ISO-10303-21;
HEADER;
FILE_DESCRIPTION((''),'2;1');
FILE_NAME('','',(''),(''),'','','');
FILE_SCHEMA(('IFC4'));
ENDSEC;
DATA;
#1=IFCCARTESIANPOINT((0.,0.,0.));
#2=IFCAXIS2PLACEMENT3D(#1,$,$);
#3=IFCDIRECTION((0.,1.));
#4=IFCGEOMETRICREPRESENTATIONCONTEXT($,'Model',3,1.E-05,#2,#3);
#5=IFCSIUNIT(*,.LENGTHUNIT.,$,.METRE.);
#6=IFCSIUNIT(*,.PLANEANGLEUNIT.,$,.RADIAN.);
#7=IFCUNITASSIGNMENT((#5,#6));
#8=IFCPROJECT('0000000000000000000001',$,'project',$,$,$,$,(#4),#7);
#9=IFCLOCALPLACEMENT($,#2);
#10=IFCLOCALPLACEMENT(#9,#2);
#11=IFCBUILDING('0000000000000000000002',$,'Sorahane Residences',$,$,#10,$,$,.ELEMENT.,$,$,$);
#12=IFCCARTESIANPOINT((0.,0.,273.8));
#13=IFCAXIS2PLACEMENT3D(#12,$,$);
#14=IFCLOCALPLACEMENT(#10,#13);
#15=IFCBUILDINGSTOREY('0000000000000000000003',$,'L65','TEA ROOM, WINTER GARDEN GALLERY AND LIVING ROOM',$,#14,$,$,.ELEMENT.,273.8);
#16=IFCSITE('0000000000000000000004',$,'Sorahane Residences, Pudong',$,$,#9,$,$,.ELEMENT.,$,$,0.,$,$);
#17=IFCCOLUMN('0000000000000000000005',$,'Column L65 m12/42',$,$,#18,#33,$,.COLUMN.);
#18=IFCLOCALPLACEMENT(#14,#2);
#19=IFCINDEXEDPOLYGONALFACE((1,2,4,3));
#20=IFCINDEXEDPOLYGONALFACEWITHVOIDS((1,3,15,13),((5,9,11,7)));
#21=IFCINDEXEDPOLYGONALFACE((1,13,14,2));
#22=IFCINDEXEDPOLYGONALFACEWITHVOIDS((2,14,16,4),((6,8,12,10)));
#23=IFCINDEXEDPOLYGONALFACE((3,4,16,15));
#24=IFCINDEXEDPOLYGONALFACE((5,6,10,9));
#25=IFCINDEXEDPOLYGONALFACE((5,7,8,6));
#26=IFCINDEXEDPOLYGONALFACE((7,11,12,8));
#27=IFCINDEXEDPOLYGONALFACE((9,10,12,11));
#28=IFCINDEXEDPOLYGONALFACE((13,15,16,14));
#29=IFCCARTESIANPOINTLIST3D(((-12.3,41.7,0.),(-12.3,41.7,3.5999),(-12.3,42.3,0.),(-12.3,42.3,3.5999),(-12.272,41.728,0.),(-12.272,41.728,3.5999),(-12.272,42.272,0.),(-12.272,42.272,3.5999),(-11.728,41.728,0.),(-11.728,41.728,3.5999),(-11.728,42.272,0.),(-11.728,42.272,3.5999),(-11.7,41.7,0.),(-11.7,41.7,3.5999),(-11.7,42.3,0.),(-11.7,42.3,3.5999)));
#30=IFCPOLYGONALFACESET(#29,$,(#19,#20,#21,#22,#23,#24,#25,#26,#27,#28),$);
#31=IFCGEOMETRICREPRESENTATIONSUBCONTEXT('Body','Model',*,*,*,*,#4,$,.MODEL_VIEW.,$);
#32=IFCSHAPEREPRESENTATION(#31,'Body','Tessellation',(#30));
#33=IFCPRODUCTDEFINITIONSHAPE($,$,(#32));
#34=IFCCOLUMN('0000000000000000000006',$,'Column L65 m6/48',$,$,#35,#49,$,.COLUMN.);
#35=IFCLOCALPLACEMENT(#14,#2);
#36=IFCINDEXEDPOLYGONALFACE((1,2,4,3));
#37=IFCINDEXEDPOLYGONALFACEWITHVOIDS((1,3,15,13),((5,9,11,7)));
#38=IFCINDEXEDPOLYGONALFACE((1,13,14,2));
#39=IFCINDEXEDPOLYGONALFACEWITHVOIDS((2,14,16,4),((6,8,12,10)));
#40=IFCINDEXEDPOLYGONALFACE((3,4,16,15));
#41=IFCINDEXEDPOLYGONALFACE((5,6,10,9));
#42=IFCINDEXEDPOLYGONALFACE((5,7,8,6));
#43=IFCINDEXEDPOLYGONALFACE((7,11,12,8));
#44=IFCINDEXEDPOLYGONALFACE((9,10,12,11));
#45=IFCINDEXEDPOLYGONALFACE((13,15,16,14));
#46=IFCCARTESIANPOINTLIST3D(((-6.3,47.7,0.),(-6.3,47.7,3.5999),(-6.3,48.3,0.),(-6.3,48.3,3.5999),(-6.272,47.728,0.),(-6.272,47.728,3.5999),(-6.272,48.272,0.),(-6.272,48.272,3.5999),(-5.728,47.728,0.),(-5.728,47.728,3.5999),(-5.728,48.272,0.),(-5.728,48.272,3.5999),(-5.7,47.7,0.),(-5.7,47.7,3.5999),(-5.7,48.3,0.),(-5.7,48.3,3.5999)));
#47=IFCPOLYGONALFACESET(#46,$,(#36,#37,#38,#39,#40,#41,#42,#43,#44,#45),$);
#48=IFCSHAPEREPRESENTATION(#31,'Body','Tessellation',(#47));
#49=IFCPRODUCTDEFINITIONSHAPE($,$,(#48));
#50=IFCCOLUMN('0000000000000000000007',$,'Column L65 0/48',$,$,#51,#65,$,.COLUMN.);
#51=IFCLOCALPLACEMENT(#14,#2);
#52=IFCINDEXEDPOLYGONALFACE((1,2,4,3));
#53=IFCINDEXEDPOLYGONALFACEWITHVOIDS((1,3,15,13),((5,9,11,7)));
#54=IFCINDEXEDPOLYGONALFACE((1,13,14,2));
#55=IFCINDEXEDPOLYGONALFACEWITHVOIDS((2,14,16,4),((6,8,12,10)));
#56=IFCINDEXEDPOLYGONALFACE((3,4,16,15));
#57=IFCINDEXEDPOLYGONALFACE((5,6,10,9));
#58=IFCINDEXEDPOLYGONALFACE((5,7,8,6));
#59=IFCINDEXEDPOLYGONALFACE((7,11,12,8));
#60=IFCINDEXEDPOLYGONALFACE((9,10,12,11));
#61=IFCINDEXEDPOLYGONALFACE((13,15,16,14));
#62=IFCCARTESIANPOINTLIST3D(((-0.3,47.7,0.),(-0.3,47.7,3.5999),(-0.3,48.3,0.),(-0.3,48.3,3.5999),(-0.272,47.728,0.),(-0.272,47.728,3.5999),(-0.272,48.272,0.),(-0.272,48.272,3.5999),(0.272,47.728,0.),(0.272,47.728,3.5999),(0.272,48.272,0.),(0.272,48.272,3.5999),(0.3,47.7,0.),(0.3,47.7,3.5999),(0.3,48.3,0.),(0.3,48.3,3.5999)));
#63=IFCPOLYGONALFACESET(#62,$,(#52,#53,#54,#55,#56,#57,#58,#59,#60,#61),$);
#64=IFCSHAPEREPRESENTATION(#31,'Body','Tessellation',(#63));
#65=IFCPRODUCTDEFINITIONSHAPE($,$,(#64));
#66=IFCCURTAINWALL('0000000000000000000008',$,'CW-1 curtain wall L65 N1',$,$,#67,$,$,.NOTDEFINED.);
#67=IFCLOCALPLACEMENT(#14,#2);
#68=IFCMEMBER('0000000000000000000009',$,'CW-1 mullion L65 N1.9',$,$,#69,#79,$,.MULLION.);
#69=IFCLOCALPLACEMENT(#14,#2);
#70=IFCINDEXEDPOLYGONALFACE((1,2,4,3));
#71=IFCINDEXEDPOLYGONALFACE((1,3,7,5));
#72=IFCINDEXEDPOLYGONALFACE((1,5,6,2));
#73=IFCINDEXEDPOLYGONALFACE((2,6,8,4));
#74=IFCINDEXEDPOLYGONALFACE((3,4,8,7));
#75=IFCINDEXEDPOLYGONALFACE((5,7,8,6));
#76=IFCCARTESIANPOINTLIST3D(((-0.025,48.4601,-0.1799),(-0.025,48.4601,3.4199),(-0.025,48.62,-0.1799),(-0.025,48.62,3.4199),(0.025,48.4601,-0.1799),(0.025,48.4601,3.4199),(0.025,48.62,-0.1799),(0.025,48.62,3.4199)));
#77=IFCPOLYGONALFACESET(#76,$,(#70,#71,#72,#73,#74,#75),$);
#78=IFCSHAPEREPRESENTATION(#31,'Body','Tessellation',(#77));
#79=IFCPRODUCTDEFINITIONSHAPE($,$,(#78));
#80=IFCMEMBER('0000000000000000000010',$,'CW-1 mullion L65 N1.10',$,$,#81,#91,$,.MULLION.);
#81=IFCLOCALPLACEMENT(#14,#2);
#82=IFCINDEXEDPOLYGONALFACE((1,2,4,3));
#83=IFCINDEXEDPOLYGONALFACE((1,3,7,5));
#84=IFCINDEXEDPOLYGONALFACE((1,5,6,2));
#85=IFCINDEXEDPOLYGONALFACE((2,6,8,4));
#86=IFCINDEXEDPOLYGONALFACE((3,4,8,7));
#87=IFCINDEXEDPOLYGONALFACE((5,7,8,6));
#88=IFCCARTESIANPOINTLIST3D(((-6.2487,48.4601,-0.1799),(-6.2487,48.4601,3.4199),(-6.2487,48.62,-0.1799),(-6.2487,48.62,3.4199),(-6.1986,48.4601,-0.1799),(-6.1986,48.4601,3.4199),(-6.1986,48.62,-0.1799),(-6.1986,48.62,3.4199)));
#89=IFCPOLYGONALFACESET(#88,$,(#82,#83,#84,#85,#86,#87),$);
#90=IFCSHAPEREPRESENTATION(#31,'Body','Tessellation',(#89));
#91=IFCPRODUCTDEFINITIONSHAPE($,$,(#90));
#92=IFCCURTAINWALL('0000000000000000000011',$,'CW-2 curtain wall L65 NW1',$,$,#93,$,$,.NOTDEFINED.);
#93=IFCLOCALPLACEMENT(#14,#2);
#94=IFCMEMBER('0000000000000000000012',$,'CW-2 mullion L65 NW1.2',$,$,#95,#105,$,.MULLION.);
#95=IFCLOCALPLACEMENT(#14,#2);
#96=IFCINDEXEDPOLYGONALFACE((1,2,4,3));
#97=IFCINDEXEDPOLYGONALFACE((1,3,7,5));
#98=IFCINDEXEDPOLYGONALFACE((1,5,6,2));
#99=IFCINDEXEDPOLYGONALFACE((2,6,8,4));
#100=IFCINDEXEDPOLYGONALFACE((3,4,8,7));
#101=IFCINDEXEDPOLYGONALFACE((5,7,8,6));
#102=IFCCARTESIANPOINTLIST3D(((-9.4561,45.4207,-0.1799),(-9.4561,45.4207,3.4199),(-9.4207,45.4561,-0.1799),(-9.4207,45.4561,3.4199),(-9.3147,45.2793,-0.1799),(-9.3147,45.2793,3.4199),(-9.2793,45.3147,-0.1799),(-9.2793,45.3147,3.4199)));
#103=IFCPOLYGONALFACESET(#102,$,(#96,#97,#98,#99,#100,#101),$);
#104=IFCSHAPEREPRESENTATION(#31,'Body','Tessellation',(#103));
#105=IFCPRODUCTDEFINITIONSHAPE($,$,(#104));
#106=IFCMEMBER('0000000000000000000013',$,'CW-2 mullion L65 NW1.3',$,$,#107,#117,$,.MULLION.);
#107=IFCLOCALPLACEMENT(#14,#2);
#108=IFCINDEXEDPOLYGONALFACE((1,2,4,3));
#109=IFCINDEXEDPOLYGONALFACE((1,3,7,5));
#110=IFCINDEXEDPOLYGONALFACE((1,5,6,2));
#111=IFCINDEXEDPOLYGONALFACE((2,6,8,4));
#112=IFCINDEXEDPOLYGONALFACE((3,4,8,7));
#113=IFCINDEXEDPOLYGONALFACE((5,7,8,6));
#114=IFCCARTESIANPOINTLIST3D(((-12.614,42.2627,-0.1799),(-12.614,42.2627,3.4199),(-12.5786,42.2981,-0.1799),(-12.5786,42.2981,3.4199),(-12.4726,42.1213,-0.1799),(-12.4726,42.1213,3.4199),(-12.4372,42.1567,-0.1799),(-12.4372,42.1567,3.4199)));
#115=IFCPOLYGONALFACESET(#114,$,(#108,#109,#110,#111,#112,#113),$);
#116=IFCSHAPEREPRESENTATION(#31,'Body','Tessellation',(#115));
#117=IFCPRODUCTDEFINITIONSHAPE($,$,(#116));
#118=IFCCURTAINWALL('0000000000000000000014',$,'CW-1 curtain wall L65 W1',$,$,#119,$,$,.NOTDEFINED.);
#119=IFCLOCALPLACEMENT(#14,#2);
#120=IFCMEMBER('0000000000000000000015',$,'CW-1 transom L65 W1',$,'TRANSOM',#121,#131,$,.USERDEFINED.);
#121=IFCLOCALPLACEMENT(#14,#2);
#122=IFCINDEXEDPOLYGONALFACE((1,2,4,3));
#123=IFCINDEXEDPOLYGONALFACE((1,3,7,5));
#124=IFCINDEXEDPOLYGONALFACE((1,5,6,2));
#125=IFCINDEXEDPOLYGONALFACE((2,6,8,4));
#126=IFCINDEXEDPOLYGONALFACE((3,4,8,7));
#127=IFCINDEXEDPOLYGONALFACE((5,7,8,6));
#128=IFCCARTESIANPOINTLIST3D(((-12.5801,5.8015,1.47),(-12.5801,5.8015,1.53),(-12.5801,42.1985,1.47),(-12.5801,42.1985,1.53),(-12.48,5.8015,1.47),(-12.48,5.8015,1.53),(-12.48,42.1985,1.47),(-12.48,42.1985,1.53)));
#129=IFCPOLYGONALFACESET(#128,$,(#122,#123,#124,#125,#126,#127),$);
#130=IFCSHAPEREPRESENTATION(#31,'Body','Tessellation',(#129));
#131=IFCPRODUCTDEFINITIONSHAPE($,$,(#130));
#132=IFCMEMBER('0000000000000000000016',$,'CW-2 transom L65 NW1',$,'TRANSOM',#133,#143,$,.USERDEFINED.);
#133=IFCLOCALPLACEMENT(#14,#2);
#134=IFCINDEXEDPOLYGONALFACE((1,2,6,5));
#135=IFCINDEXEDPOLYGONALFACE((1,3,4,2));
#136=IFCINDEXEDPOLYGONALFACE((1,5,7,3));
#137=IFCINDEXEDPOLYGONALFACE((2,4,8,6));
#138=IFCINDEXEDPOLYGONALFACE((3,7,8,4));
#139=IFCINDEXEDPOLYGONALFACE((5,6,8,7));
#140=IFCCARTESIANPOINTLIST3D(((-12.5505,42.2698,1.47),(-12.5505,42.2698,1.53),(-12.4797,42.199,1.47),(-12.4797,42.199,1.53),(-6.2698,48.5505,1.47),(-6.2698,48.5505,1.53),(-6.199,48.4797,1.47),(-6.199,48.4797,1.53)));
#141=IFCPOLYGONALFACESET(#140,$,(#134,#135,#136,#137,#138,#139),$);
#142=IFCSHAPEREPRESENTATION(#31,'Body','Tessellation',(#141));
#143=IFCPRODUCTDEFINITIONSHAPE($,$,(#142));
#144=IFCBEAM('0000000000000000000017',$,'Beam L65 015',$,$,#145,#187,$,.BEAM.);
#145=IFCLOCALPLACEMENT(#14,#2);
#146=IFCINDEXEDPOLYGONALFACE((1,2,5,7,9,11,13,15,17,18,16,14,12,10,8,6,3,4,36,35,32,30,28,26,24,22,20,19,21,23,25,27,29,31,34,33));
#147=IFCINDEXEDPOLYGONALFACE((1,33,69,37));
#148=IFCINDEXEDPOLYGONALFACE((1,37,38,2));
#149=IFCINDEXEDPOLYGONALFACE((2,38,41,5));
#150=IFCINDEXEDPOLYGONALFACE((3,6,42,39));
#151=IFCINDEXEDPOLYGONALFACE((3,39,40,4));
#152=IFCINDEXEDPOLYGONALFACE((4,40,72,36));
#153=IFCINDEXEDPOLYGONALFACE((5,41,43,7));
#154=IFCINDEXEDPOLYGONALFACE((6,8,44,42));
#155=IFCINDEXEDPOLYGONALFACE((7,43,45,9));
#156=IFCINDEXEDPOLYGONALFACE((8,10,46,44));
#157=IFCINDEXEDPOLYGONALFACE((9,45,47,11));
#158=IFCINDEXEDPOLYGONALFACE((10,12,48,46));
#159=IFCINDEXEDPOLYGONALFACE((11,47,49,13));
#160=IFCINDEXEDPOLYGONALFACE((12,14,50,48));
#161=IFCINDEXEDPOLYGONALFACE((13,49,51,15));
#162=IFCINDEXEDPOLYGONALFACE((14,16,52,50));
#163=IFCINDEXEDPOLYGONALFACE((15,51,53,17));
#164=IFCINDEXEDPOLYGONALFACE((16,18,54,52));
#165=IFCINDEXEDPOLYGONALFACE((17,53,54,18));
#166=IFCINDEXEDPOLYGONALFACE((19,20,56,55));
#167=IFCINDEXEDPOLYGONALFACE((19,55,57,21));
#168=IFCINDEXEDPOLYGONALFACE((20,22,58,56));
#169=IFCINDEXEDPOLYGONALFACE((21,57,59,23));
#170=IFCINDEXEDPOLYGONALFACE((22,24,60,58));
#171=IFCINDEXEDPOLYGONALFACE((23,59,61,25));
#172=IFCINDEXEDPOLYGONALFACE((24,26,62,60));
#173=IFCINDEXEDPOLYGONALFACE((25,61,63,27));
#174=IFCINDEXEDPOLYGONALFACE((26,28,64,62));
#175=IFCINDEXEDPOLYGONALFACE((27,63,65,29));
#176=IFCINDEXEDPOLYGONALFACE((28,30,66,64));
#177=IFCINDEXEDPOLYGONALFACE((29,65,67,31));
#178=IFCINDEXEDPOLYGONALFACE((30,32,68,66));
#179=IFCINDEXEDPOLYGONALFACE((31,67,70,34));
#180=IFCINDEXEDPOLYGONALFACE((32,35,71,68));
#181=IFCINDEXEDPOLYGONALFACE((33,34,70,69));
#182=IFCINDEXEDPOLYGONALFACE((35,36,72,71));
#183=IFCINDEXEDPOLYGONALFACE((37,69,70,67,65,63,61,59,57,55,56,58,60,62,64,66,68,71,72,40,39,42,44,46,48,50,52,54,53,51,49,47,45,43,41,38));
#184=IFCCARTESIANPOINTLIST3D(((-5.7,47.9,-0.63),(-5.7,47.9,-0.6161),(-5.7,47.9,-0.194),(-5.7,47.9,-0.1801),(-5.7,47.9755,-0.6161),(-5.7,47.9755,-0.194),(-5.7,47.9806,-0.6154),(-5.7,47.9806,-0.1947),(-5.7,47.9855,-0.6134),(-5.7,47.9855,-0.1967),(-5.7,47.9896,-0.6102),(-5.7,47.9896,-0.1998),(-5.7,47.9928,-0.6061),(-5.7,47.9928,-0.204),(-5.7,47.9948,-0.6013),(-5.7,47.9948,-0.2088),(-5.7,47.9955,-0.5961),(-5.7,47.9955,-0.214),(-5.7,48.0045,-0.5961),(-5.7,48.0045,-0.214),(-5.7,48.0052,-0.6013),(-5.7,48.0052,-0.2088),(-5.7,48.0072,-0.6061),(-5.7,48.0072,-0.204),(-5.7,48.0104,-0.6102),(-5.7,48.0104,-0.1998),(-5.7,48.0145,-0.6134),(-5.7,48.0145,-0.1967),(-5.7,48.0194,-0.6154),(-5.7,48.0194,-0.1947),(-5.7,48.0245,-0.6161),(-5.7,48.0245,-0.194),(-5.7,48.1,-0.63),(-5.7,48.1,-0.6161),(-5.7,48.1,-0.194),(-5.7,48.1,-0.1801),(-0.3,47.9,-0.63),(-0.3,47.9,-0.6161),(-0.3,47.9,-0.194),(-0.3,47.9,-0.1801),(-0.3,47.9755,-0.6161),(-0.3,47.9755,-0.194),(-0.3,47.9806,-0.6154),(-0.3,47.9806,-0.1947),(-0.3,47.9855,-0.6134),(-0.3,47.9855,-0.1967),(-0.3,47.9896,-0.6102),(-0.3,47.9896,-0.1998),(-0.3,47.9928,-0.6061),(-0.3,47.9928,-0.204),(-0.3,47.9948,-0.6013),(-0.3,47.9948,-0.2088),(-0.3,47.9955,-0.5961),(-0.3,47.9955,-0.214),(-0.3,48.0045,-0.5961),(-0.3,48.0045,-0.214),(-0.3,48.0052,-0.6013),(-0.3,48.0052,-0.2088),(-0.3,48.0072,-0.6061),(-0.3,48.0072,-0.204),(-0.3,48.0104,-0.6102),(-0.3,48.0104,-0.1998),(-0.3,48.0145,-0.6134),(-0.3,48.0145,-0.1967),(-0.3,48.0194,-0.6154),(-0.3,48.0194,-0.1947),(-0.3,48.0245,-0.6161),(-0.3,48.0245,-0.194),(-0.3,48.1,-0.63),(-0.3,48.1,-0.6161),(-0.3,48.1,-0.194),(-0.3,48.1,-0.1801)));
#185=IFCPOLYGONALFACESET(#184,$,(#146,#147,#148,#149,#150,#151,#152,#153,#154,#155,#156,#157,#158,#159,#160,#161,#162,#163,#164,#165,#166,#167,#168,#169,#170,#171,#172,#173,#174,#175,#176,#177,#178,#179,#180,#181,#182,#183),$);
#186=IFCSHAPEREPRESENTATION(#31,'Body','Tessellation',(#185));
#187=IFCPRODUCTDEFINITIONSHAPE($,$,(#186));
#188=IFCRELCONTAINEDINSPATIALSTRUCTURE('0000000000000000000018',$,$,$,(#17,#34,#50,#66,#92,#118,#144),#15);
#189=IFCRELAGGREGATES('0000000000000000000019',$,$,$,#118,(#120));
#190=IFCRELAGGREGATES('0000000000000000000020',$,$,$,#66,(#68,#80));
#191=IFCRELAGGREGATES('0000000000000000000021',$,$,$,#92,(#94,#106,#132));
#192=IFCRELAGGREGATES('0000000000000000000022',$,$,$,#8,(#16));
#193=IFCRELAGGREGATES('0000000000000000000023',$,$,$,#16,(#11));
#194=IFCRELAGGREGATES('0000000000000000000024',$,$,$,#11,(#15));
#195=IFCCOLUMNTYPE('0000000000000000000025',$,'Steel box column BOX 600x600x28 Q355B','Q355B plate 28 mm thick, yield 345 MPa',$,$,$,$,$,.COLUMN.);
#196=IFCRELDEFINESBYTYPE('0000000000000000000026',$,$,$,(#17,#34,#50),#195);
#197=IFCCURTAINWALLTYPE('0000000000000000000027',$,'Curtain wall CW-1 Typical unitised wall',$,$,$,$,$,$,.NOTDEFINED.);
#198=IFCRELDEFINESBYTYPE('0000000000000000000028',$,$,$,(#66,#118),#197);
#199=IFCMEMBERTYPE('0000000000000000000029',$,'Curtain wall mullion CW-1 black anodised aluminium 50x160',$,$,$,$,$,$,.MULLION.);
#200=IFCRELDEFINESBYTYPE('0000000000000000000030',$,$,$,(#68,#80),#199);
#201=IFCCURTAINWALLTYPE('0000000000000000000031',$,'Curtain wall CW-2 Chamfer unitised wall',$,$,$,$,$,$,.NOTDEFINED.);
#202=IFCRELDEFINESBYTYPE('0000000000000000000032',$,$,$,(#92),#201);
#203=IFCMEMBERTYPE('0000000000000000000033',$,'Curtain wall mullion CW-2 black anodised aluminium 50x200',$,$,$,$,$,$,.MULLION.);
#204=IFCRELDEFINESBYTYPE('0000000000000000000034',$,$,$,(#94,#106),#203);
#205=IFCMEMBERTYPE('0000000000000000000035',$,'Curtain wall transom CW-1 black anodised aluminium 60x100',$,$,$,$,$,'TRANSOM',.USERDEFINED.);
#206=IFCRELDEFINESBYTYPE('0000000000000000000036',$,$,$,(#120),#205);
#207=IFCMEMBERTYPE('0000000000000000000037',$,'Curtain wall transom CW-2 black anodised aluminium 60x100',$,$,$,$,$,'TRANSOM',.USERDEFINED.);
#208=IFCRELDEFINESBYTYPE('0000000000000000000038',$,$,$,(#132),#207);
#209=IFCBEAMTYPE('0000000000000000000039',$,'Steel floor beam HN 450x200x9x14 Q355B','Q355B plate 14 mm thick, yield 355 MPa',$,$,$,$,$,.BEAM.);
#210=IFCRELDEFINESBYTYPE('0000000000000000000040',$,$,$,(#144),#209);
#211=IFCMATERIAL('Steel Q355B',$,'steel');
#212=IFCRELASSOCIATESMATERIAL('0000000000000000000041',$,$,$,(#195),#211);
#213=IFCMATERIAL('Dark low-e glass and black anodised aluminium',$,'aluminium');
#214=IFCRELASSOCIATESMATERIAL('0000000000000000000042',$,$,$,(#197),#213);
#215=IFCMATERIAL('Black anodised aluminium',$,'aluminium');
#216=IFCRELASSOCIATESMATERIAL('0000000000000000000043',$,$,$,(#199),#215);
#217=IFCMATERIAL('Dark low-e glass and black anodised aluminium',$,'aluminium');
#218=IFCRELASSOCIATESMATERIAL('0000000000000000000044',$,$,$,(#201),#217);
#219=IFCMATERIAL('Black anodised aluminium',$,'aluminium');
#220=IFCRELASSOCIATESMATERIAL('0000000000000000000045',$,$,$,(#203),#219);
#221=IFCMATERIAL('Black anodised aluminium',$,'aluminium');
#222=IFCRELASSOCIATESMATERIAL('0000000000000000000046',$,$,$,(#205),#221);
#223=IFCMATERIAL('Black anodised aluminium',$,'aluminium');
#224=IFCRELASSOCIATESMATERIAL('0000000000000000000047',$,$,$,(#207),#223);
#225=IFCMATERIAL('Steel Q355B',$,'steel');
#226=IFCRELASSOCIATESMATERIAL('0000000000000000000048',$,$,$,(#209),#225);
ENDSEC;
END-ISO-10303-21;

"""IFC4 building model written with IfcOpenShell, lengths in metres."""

from ifc_helpers import new_model, si_unit, direction, frame, origin, origin_2d, place, context, subcontext, project, spatial, rectangle, hollow_rectangle, i_section, extrude, material, material_profile, profile_set, type_object, element, aggregate, save


model = new_model("IFC4")

# Units and contexts
model_context = context("Model", 3, precision=1e-05, world=origin(), true_north=direction((0.0, 1.0)))
body_context = subcontext(model_context, "Body", "Model", "MODEL_VIEW")
ifc_project = project(units=[si_unit("LENGTHUNIT", "METRE"), si_unit("PLANEANGLEUNIT", "RADIAN")], contexts=[model_context])

# Site, building, storey
site_placement = place(None, origin())
site = spatial("IfcSite", under=ifc_project, at=site_placement, Name="Sorahane Residences, Pudong", CompositionType="ELEMENT", RefElevation=0.0)
building_placement = place(site_placement, origin())
building = spatial("IfcBuilding", under=site, at=building_placement, Name="Sorahane Residences", CompositionType="ELEMENT")
storey_placement = place(building_placement, frame((0.0, 0.0, 273.8)))
storey = spatial("IfcBuildingStorey", under=building, at=storey_placement, Name="L65", Description="TEA ROOM, WINTER GARDEN GALLERY AND LIVING ROOM", CompositionType="ELEMENT", Elevation=273.8)

# Columns
ifc_material_1 = material(Name="Steel Q355B", Category="steel")
ifc_material_profile_1 = material_profile(ifc_material_1, hollow_rectangle(XDim=0.6001, YDim=0.6001, WallThickness=0.0281, at=origin_2d()), Name="BOX 600x600x28")
ifc_profile_set_1 = profile_set([ifc_material_profile_1], Name="Steel Q355B")
column_type = type_object("IfcColumnType", Name="Steel box column BOX 600x600x28 Q355B", Description="Q355B plate 28 mm thick, yield 345 MPa", PredefinedType="COLUMN", material=ifc_profile_set_1)
for number, where, z_axis, x_axis, name in (
    (1, (-12.0, 42.0, 0.0), (0.0, 0.0, 1.0), (1.0, 0.0, 0.0), "Column L65 m12/42"),
    (2, (-6.0, 48.0, 0.0), (0.0, 0.0, 1.0), (1.0, 0.0, 0.0), "Column L65 m6/48"),
    (3, (0.0, 48.0, 0.0), (0.0, 0.0, 1.0), (1.0, 0.0, 0.0), "Column L65 0/48"),
):
    element("IfcColumn", number, at=place(storey_placement, frame(where, z_axis=z_axis, x_axis=x_axis)), inside=storey, type_object=column_type, Name=name, PredefinedType="COLUMN", context=body_context, shape_type="SweptSolid", body=[
        extrude(hollow_rectangle(XDim=0.6001, YDim=0.6001, WallThickness=0.0281, at=origin_2d()), origin(), (0.0, 0.0, 1.0), 3.5999),
    ])

# Curtain walls, members
ifc_material_2 = material(Name="Dark low-e glass and black anodised aluminium", Category="aluminium")
curtain_wall_type_1 = type_object("IfcCurtainWallType", Name="Curtain wall CW-1 Typical unitised wall", PredefinedType="NOTDEFINED", material=ifc_material_2)
curtain_wall_1_placement = place(storey_placement, origin())
curtain_wall_1 = element("IfcCurtainWall", 4, at=curtain_wall_1_placement, inside=storey, type_object=curtain_wall_type_1, Name="CW-1 curtain wall L65 N1", PredefinedType="NOTDEFINED")
ifc_material_3 = material(Name="Black anodised aluminium", Category="aluminium")
ifc_material_profile_2 = material_profile(ifc_material_3, rectangle(XDim=0.1599, YDim=0.05, at=origin_2d()), Name="Curtain wall mullion CW-1 black anodised aluminium 50x160")
ifc_profile_set_2 = profile_set([ifc_material_profile_2], Name="Black anodised aluminium")
member_type_1 = type_object("IfcMemberType", Name="Curtain wall mullion CW-1 black anodised aluminium 50x160", PredefinedType="MULLION", material=ifc_profile_set_2)
member_1_placement = place(storey_placement, frame((0.0, 48.54, -0.1799), z_axis=(0.0, 0.0, 1.0), x_axis=(0.0, 1.0, 0.0)))
member_1 = element("IfcMember", 5, at=member_1_placement, type_object=member_type_1, Name="CW-1 mullion L65 N1.9", PredefinedType="MULLION", context=body_context, shape_type="SweptSolid", body=[
    extrude(rectangle(XDim=0.1599, YDim=0.05, at=origin_2d()), origin(), (0.0, 0.0, 1.0), 3.5999),
])
member_2_placement = place(storey_placement, frame((-6.2236, 48.54, -0.1799), z_axis=(0.0, 0.0, 1.0), x_axis=(0.0, 1.0, 0.0)))
member_2 = element("IfcMember", 6, at=member_2_placement, type_object=member_type_1, Name="CW-1 mullion L65 N1.10", PredefinedType="MULLION", context=body_context, shape_type="SweptSolid", body=[
    extrude(rectangle(XDim=0.1599, YDim=0.05, at=origin_2d()), origin(), (0.0, 0.0, 1.0), 3.5999),
])
ifc_material_4 = material(Name="Dark low-e glass and black anodised aluminium", Category="aluminium")
curtain_wall_type_2 = type_object("IfcCurtainWallType", Name="Curtain wall CW-2 Chamfer unitised wall", PredefinedType="NOTDEFINED", material=ifc_material_4)
curtain_wall_2_placement = place(storey_placement, origin())
curtain_wall_2 = element("IfcCurtainWall", 7, at=curtain_wall_2_placement, inside=storey, type_object=curtain_wall_type_2, Name="CW-2 curtain wall L65 NW1", PredefinedType="NOTDEFINED")
ifc_material_5 = material(Name="Black anodised aluminium", Category="aluminium")
ifc_material_profile_3 = material_profile(ifc_material_5, rectangle(XDim=0.2, YDim=0.05, at=origin_2d()), Name="Curtain wall mullion CW-2 black anodised aluminium 50x200")
ifc_profile_set_3 = profile_set([ifc_material_profile_3], Name="Black anodised aluminium")
member_type_2 = type_object("IfcMemberType", Name="Curtain wall mullion CW-2 black anodised aluminium 50x200", PredefinedType="MULLION", material=ifc_profile_set_3)
member_3_placement = place(storey_placement, frame((-9.3677, 45.3677, -0.1799), z_axis=(0.0, 0.0, 1.0), x_axis=(-0.707107, 0.707107, 0.0)))
member_3 = element("IfcMember", 8, at=member_3_placement, type_object=member_type_2, Name="CW-2 mullion L65 NW1.2", PredefinedType="MULLION", context=body_context, shape_type="SweptSolid", body=[
    extrude(rectangle(XDim=0.2, YDim=0.05, at=origin_2d()), origin(), (0.0, 0.0, 1.0), 3.5999),
])
member_4_placement = place(storey_placement, frame((-12.5256, 42.2097, -0.1799), z_axis=(0.0, 0.0, 1.0), x_axis=(-0.707107, 0.707107, 0.0)))
member_4 = element("IfcMember", 9, at=member_4_placement, type_object=member_type_2, Name="CW-2 mullion L65 NW1.3", PredefinedType="MULLION", context=body_context, shape_type="SweptSolid", body=[
    extrude(rectangle(XDim=0.2, YDim=0.05, at=origin_2d()), origin(), (0.0, 0.0, 1.0), 3.5999),
])

# Curtain wall, member
curtain_wall_3_placement = place(storey_placement, origin())
curtain_wall_3 = element("IfcCurtainWall", 10, at=curtain_wall_3_placement, inside=storey, type_object=curtain_wall_type_1, Name="CW-1 curtain wall L65 W1", PredefinedType="NOTDEFINED")
ifc_material_6 = material(Name="Black anodised aluminium", Category="aluminium")
ifc_material_profile_4 = material_profile(ifc_material_6, rectangle(XDim=0.1001, YDim=0.0601, at=origin_2d()), Name="Curtain wall transom CW-1 black anodised aluminium 60x100")
ifc_profile_set_4 = profile_set([ifc_material_profile_4], Name="Black anodised aluminium")
member_type_3 = type_object("IfcMemberType", Name="Curtain wall transom CW-1 black anodised aluminium 60x100", ElementType="TRANSOM", PredefinedType="USERDEFINED", material=ifc_profile_set_4)
member_5_placement = place(storey_placement, frame((-12.53, 42.1985, 1.5), z_axis=(0.0, -1.0, 0.0), x_axis=(1.0, 0.0, 0.0)))
member_5 = element("IfcMember", 11, at=member_5_placement, type_object=member_type_3, Name="CW-1 transom L65 W1", ObjectType="TRANSOM", PredefinedType="USERDEFINED", context=body_context, shape_type="SweptSolid", body=[
    extrude(rectangle(XDim=0.1001, YDim=0.0601, at=origin_2d()), origin(), (0.0, 0.0, 1.0), 36.397),
])
aggregate(curtain_wall_3, [member_5])

# Member
ifc_material_7 = material(Name="Black anodised aluminium", Category="aluminium")
ifc_material_profile_5 = material_profile(ifc_material_7, rectangle(XDim=0.1001, YDim=0.0601, at=origin_2d()), Name="Curtain wall transom CW-2 black anodised aluminium 60x100")
ifc_profile_set_5 = profile_set([ifc_material_profile_5], Name="Black anodised aluminium")
member_type_4 = type_object("IfcMemberType", Name="Curtain wall transom CW-2 black anodised aluminium 60x100", ElementType="TRANSOM", PredefinedType="USERDEFINED", material=ifc_profile_set_5)
member_6_placement = place(storey_placement, frame((-6.2344, 48.5151, 1.5), z_axis=(-0.707107, -0.707107, 0.0), x_axis=(0.707107, -0.707107, 0.0)))
member_6 = element("IfcMember", 12, at=member_6_placement, type_object=member_type_4, Name="CW-2 transom L65 NW1", ObjectType="TRANSOM", PredefinedType="USERDEFINED", context=body_context, shape_type="SweptSolid", body=[
    extrude(rectangle(XDim=0.1001, YDim=0.0601, at=origin_2d()), origin(), (0.0, 0.0, 1.0), 8.8823),
])

# Beam
ifc_material_8 = material(Name="Steel Q355B", Category="steel")
ifc_material_profile_6 = material_profile(ifc_material_8, i_section(OverallWidth=0.2, OverallDepth=0.45, WebThickness=0.009, FlangeThickness=0.0139, FilletRadius=0.02, at=origin_2d()), Name="HN 450x200x9x14")
ifc_profile_set_6 = profile_set([ifc_material_profile_6], Name="Steel Q355B")
beam_type_1 = type_object("IfcBeamType", Name="Steel floor beam HN 450x200x9x14 Q355B", Description="Q355B plate 14 mm thick, yield 355 MPa", PredefinedType="BEAM", material=ifc_profile_set_6)
beam_1_placement = place(storey_placement, frame((-5.7, 48.0, -0.405), z_axis=(1.0, 0.0, 0.0), x_axis=(0.0, 1.0, 0.0)))
element("IfcBeam", 13, at=beam_1_placement, inside=storey, type_object=beam_type_1, Name="Beam L65 015", PredefinedType="BEAM", context=body_context, shape_type="SweptSolid", body=[
    extrude(i_section(OverallWidth=0.2, OverallDepth=0.45, WebThickness=0.009, FlangeThickness=0.0139, FilletRadius=0.02, at=origin_2d()), origin(), (0.0, 0.0, 1.0), 5.3999),
])

aggregate(curtain_wall_1, [member_1, member_2])
aggregate(curtain_wall_2, [member_3, member_4, member_6])

save(model, "model.ifc")
